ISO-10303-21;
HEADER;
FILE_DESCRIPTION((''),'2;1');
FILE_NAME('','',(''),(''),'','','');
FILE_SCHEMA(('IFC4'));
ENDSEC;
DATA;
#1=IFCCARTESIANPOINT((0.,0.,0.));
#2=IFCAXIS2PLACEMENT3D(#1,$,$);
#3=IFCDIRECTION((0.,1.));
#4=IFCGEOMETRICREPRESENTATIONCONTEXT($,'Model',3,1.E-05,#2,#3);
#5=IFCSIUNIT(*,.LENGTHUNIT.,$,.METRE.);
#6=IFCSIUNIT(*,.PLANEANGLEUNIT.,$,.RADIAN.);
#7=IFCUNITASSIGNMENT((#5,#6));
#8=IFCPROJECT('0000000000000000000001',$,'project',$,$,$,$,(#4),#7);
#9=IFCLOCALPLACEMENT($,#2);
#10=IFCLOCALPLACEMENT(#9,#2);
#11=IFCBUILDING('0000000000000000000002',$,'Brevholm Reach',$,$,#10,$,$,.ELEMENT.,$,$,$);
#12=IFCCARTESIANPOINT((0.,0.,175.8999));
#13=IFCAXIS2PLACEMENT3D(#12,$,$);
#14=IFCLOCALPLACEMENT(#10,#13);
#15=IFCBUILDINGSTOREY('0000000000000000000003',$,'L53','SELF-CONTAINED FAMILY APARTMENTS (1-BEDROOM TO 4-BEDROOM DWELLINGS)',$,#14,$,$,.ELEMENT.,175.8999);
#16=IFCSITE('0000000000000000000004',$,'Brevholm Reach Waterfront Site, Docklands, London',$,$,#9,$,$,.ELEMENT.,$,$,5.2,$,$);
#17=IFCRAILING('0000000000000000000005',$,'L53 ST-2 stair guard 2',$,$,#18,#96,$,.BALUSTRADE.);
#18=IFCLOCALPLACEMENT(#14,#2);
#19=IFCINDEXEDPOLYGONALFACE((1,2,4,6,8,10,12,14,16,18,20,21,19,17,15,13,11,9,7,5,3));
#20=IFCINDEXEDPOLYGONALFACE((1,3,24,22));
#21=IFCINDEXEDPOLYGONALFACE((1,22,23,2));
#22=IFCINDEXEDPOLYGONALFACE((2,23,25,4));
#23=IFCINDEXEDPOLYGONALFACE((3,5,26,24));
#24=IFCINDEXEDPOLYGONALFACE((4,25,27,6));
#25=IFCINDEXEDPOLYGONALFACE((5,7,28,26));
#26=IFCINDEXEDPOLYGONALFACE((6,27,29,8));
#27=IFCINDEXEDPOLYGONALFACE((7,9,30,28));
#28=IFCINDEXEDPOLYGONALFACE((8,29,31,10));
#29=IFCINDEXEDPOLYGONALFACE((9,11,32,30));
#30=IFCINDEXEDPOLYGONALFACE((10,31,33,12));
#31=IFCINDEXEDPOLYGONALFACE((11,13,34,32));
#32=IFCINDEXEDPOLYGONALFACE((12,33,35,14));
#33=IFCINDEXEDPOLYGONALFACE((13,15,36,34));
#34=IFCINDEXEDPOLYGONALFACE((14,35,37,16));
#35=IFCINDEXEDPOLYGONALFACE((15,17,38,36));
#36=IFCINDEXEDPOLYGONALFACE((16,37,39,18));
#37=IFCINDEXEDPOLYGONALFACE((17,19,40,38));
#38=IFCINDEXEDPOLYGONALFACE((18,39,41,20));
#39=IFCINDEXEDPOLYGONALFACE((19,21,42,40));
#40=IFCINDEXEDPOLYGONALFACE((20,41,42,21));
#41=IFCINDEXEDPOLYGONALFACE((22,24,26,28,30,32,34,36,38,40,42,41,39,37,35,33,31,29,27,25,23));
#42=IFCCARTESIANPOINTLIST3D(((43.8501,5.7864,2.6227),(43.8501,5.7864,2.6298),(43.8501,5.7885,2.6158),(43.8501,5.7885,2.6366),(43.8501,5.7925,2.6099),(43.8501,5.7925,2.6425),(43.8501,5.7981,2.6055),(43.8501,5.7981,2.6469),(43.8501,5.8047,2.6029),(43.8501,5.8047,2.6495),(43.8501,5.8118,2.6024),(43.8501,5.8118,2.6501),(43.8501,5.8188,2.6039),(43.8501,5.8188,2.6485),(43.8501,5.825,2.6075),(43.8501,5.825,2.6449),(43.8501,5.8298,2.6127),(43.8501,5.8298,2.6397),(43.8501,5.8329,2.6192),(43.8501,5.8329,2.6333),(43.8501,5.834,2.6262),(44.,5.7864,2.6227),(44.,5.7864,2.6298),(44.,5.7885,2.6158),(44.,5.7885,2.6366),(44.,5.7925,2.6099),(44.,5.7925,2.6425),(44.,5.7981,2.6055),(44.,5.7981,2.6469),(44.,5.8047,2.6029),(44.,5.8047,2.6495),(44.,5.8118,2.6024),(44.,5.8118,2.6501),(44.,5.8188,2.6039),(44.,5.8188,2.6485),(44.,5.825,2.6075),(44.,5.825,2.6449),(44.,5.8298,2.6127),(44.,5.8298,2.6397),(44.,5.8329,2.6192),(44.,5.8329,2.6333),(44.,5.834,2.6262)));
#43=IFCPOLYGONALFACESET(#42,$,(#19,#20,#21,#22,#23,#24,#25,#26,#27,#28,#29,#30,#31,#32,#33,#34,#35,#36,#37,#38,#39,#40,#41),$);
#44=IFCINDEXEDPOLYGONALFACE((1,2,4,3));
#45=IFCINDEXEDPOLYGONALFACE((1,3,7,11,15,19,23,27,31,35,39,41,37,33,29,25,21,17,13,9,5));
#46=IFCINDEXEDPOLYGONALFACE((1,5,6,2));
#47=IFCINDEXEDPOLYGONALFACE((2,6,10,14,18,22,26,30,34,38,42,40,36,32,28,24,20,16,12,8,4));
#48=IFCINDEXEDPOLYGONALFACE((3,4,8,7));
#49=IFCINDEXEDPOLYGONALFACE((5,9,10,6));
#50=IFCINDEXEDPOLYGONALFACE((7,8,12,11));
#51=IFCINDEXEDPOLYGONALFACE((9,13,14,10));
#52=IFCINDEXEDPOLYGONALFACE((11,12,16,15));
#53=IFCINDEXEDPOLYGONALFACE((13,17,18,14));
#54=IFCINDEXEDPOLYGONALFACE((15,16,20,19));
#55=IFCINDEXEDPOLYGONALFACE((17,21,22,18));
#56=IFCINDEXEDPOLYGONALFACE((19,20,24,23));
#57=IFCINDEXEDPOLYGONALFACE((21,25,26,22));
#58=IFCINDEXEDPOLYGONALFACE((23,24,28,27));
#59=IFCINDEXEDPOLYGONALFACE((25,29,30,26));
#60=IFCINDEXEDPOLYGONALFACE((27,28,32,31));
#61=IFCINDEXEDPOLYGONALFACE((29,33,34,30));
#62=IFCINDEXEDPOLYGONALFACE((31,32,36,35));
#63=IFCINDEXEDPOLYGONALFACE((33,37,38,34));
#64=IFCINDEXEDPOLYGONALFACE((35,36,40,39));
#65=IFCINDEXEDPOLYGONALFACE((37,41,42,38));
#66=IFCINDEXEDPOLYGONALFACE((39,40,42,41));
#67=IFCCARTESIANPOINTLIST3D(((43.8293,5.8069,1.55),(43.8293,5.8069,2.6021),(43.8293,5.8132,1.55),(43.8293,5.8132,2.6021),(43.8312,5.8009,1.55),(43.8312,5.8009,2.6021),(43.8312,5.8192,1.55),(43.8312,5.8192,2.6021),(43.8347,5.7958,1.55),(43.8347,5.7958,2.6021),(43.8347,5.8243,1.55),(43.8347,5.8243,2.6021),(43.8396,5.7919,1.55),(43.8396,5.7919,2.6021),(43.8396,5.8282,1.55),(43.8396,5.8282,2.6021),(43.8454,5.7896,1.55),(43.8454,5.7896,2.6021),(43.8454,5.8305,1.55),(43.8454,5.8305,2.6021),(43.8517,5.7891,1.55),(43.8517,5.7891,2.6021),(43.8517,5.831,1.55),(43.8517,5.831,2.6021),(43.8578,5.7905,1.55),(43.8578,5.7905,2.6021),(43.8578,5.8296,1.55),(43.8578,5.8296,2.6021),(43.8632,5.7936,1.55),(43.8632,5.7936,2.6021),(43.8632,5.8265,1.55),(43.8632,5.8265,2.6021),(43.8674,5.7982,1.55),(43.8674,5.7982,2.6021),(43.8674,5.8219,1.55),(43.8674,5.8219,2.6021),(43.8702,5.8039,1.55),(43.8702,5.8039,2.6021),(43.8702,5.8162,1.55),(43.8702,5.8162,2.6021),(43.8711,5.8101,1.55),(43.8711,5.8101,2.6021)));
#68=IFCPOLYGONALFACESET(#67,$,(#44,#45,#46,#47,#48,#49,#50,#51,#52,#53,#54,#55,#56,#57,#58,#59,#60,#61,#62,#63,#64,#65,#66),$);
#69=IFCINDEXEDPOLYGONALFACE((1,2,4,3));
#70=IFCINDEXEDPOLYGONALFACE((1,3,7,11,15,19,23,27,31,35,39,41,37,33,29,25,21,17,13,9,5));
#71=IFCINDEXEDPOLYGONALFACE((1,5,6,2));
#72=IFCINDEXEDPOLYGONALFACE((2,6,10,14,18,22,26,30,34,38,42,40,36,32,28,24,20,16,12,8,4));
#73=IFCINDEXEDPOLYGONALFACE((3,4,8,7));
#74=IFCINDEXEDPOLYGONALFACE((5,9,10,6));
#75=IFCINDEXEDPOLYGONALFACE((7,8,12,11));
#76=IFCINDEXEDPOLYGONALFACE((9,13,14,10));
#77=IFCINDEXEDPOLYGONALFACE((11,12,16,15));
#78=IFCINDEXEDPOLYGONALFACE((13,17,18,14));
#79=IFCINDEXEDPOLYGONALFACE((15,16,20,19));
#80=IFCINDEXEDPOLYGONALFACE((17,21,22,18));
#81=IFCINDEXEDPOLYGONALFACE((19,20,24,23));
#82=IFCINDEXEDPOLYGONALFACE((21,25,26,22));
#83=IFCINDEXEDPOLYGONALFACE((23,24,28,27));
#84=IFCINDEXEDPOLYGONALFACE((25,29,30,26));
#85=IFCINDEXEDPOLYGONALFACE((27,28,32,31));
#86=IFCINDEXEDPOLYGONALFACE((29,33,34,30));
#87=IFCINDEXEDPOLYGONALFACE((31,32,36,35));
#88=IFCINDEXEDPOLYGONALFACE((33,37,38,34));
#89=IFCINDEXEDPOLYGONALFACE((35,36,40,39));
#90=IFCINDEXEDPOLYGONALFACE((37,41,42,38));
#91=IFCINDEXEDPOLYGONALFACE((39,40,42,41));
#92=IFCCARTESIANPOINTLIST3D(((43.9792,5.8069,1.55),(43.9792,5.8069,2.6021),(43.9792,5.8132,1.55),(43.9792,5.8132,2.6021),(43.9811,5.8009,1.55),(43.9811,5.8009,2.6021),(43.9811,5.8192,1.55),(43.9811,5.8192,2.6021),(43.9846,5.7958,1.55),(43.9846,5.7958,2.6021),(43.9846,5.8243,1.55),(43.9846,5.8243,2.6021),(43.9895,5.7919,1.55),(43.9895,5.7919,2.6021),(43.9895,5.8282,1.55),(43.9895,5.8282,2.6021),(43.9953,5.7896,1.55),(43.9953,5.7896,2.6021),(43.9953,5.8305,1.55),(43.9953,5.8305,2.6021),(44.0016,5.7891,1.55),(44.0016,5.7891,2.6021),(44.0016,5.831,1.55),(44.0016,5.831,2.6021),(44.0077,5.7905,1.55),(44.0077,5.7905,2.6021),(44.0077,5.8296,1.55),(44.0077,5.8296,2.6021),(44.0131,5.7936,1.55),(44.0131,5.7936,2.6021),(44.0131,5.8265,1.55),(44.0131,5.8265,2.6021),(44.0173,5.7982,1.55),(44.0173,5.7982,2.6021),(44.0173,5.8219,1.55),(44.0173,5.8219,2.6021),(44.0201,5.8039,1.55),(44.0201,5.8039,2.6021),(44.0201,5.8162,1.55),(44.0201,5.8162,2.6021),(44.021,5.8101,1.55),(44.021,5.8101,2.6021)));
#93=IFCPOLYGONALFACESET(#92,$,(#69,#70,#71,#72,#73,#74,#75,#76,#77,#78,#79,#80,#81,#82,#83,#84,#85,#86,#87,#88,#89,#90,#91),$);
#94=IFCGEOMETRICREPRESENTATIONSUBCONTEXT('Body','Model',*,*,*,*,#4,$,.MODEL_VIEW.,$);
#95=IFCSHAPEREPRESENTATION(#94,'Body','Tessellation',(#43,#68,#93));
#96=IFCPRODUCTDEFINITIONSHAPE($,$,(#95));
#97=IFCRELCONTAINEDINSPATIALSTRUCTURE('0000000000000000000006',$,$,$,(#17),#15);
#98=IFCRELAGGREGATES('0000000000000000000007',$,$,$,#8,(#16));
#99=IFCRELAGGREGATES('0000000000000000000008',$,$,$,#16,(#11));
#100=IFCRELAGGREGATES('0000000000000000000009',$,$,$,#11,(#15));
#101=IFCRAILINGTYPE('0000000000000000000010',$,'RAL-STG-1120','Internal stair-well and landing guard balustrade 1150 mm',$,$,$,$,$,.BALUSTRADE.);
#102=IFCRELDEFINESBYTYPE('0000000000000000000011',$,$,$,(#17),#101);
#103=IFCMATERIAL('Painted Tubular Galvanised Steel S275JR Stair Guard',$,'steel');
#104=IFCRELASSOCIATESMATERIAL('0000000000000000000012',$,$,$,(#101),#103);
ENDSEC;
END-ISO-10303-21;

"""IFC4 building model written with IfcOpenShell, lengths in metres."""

from ifc_helpers import new_model, si_unit, direction, frame, origin, origin_2d, place, context, subcontext, project, spatial, circle, extrude, material, type_object, element, save


model = new_model("IFC4")

# Units and contexts
model_context = context("Model", 3, precision=1e-05, world=origin(), true_north=direction((0.0, 1.0)))
body_context = subcontext(model_context, "Body", "Model", "MODEL_VIEW")
ifc_project = project(units=[si_unit("LENGTHUNIT", "METRE"), si_unit("PLANEANGLEUNIT", "RADIAN")], contexts=[model_context])

# Site, building, storey
site_placement = place(None, origin())
site = spatial("IfcSite", under=ifc_project, at=site_placement, Name="Brevholm Reach Waterfront Site, Docklands, London", CompositionType="ELEMENT", RefElevation=5.2)
building_placement = place(site_placement, origin())
building = spatial("IfcBuilding", under=site, at=building_placement, Name="Brevholm Reach", CompositionType="ELEMENT")
storey_placement = place(building_placement, frame((0.0, 0.0, 175.8999)))
storey = spatial("IfcBuildingStorey", under=building, at=storey_placement, Name="L53", Description="SELF-CONTAINED FAMILY APARTMENTS (1-BEDROOM TO 4-BEDROOM DWELLINGS)", CompositionType="ELEMENT", Elevation=175.8999)

# Railing
ifc_material_1 = material(Name="Painted Tubular Galvanised Steel S275JR Stair Guard", Category="steel")
railing_type_1 = type_object("IfcRailingType", Name="RAL-STG-1120", Description="Internal stair-well and landing guard balustrade 1150 mm", PredefinedType="BALUSTRADE", material=ifc_material_1)
railing_1_placement = place(storey_placement, frame((43.8501, 5.8101, 1.55)))
element("IfcRailing", 1, at=railing_1_placement, inside=storey, type_object=railing_type_1, Name="L53 ST-2 stair guard 2", PredefinedType="BALUSTRADE", context=body_context, shape_type="SweptSolid", body=[
    extrude(circle(Radius=0.0239, at=origin_2d()), frame((0.0, 0.0, 1.0762), z_axis=(1.0, 0.0, 0.0), x_axis=(0.0, 1.0, 0.0)), (0.0, 0.0, 1.0), 0.1499),
    extrude(circle(Radius=0.021, at=origin_2d()), origin(), (0.0, 0.0, 1.0), 1.052),
    extrude(circle(Radius=0.021, at=origin_2d()), frame((0.1499, 0.0, 0.0)), (0.0, 0.0, 1.0), 1.052),
])

save(model, "model.ifc")
